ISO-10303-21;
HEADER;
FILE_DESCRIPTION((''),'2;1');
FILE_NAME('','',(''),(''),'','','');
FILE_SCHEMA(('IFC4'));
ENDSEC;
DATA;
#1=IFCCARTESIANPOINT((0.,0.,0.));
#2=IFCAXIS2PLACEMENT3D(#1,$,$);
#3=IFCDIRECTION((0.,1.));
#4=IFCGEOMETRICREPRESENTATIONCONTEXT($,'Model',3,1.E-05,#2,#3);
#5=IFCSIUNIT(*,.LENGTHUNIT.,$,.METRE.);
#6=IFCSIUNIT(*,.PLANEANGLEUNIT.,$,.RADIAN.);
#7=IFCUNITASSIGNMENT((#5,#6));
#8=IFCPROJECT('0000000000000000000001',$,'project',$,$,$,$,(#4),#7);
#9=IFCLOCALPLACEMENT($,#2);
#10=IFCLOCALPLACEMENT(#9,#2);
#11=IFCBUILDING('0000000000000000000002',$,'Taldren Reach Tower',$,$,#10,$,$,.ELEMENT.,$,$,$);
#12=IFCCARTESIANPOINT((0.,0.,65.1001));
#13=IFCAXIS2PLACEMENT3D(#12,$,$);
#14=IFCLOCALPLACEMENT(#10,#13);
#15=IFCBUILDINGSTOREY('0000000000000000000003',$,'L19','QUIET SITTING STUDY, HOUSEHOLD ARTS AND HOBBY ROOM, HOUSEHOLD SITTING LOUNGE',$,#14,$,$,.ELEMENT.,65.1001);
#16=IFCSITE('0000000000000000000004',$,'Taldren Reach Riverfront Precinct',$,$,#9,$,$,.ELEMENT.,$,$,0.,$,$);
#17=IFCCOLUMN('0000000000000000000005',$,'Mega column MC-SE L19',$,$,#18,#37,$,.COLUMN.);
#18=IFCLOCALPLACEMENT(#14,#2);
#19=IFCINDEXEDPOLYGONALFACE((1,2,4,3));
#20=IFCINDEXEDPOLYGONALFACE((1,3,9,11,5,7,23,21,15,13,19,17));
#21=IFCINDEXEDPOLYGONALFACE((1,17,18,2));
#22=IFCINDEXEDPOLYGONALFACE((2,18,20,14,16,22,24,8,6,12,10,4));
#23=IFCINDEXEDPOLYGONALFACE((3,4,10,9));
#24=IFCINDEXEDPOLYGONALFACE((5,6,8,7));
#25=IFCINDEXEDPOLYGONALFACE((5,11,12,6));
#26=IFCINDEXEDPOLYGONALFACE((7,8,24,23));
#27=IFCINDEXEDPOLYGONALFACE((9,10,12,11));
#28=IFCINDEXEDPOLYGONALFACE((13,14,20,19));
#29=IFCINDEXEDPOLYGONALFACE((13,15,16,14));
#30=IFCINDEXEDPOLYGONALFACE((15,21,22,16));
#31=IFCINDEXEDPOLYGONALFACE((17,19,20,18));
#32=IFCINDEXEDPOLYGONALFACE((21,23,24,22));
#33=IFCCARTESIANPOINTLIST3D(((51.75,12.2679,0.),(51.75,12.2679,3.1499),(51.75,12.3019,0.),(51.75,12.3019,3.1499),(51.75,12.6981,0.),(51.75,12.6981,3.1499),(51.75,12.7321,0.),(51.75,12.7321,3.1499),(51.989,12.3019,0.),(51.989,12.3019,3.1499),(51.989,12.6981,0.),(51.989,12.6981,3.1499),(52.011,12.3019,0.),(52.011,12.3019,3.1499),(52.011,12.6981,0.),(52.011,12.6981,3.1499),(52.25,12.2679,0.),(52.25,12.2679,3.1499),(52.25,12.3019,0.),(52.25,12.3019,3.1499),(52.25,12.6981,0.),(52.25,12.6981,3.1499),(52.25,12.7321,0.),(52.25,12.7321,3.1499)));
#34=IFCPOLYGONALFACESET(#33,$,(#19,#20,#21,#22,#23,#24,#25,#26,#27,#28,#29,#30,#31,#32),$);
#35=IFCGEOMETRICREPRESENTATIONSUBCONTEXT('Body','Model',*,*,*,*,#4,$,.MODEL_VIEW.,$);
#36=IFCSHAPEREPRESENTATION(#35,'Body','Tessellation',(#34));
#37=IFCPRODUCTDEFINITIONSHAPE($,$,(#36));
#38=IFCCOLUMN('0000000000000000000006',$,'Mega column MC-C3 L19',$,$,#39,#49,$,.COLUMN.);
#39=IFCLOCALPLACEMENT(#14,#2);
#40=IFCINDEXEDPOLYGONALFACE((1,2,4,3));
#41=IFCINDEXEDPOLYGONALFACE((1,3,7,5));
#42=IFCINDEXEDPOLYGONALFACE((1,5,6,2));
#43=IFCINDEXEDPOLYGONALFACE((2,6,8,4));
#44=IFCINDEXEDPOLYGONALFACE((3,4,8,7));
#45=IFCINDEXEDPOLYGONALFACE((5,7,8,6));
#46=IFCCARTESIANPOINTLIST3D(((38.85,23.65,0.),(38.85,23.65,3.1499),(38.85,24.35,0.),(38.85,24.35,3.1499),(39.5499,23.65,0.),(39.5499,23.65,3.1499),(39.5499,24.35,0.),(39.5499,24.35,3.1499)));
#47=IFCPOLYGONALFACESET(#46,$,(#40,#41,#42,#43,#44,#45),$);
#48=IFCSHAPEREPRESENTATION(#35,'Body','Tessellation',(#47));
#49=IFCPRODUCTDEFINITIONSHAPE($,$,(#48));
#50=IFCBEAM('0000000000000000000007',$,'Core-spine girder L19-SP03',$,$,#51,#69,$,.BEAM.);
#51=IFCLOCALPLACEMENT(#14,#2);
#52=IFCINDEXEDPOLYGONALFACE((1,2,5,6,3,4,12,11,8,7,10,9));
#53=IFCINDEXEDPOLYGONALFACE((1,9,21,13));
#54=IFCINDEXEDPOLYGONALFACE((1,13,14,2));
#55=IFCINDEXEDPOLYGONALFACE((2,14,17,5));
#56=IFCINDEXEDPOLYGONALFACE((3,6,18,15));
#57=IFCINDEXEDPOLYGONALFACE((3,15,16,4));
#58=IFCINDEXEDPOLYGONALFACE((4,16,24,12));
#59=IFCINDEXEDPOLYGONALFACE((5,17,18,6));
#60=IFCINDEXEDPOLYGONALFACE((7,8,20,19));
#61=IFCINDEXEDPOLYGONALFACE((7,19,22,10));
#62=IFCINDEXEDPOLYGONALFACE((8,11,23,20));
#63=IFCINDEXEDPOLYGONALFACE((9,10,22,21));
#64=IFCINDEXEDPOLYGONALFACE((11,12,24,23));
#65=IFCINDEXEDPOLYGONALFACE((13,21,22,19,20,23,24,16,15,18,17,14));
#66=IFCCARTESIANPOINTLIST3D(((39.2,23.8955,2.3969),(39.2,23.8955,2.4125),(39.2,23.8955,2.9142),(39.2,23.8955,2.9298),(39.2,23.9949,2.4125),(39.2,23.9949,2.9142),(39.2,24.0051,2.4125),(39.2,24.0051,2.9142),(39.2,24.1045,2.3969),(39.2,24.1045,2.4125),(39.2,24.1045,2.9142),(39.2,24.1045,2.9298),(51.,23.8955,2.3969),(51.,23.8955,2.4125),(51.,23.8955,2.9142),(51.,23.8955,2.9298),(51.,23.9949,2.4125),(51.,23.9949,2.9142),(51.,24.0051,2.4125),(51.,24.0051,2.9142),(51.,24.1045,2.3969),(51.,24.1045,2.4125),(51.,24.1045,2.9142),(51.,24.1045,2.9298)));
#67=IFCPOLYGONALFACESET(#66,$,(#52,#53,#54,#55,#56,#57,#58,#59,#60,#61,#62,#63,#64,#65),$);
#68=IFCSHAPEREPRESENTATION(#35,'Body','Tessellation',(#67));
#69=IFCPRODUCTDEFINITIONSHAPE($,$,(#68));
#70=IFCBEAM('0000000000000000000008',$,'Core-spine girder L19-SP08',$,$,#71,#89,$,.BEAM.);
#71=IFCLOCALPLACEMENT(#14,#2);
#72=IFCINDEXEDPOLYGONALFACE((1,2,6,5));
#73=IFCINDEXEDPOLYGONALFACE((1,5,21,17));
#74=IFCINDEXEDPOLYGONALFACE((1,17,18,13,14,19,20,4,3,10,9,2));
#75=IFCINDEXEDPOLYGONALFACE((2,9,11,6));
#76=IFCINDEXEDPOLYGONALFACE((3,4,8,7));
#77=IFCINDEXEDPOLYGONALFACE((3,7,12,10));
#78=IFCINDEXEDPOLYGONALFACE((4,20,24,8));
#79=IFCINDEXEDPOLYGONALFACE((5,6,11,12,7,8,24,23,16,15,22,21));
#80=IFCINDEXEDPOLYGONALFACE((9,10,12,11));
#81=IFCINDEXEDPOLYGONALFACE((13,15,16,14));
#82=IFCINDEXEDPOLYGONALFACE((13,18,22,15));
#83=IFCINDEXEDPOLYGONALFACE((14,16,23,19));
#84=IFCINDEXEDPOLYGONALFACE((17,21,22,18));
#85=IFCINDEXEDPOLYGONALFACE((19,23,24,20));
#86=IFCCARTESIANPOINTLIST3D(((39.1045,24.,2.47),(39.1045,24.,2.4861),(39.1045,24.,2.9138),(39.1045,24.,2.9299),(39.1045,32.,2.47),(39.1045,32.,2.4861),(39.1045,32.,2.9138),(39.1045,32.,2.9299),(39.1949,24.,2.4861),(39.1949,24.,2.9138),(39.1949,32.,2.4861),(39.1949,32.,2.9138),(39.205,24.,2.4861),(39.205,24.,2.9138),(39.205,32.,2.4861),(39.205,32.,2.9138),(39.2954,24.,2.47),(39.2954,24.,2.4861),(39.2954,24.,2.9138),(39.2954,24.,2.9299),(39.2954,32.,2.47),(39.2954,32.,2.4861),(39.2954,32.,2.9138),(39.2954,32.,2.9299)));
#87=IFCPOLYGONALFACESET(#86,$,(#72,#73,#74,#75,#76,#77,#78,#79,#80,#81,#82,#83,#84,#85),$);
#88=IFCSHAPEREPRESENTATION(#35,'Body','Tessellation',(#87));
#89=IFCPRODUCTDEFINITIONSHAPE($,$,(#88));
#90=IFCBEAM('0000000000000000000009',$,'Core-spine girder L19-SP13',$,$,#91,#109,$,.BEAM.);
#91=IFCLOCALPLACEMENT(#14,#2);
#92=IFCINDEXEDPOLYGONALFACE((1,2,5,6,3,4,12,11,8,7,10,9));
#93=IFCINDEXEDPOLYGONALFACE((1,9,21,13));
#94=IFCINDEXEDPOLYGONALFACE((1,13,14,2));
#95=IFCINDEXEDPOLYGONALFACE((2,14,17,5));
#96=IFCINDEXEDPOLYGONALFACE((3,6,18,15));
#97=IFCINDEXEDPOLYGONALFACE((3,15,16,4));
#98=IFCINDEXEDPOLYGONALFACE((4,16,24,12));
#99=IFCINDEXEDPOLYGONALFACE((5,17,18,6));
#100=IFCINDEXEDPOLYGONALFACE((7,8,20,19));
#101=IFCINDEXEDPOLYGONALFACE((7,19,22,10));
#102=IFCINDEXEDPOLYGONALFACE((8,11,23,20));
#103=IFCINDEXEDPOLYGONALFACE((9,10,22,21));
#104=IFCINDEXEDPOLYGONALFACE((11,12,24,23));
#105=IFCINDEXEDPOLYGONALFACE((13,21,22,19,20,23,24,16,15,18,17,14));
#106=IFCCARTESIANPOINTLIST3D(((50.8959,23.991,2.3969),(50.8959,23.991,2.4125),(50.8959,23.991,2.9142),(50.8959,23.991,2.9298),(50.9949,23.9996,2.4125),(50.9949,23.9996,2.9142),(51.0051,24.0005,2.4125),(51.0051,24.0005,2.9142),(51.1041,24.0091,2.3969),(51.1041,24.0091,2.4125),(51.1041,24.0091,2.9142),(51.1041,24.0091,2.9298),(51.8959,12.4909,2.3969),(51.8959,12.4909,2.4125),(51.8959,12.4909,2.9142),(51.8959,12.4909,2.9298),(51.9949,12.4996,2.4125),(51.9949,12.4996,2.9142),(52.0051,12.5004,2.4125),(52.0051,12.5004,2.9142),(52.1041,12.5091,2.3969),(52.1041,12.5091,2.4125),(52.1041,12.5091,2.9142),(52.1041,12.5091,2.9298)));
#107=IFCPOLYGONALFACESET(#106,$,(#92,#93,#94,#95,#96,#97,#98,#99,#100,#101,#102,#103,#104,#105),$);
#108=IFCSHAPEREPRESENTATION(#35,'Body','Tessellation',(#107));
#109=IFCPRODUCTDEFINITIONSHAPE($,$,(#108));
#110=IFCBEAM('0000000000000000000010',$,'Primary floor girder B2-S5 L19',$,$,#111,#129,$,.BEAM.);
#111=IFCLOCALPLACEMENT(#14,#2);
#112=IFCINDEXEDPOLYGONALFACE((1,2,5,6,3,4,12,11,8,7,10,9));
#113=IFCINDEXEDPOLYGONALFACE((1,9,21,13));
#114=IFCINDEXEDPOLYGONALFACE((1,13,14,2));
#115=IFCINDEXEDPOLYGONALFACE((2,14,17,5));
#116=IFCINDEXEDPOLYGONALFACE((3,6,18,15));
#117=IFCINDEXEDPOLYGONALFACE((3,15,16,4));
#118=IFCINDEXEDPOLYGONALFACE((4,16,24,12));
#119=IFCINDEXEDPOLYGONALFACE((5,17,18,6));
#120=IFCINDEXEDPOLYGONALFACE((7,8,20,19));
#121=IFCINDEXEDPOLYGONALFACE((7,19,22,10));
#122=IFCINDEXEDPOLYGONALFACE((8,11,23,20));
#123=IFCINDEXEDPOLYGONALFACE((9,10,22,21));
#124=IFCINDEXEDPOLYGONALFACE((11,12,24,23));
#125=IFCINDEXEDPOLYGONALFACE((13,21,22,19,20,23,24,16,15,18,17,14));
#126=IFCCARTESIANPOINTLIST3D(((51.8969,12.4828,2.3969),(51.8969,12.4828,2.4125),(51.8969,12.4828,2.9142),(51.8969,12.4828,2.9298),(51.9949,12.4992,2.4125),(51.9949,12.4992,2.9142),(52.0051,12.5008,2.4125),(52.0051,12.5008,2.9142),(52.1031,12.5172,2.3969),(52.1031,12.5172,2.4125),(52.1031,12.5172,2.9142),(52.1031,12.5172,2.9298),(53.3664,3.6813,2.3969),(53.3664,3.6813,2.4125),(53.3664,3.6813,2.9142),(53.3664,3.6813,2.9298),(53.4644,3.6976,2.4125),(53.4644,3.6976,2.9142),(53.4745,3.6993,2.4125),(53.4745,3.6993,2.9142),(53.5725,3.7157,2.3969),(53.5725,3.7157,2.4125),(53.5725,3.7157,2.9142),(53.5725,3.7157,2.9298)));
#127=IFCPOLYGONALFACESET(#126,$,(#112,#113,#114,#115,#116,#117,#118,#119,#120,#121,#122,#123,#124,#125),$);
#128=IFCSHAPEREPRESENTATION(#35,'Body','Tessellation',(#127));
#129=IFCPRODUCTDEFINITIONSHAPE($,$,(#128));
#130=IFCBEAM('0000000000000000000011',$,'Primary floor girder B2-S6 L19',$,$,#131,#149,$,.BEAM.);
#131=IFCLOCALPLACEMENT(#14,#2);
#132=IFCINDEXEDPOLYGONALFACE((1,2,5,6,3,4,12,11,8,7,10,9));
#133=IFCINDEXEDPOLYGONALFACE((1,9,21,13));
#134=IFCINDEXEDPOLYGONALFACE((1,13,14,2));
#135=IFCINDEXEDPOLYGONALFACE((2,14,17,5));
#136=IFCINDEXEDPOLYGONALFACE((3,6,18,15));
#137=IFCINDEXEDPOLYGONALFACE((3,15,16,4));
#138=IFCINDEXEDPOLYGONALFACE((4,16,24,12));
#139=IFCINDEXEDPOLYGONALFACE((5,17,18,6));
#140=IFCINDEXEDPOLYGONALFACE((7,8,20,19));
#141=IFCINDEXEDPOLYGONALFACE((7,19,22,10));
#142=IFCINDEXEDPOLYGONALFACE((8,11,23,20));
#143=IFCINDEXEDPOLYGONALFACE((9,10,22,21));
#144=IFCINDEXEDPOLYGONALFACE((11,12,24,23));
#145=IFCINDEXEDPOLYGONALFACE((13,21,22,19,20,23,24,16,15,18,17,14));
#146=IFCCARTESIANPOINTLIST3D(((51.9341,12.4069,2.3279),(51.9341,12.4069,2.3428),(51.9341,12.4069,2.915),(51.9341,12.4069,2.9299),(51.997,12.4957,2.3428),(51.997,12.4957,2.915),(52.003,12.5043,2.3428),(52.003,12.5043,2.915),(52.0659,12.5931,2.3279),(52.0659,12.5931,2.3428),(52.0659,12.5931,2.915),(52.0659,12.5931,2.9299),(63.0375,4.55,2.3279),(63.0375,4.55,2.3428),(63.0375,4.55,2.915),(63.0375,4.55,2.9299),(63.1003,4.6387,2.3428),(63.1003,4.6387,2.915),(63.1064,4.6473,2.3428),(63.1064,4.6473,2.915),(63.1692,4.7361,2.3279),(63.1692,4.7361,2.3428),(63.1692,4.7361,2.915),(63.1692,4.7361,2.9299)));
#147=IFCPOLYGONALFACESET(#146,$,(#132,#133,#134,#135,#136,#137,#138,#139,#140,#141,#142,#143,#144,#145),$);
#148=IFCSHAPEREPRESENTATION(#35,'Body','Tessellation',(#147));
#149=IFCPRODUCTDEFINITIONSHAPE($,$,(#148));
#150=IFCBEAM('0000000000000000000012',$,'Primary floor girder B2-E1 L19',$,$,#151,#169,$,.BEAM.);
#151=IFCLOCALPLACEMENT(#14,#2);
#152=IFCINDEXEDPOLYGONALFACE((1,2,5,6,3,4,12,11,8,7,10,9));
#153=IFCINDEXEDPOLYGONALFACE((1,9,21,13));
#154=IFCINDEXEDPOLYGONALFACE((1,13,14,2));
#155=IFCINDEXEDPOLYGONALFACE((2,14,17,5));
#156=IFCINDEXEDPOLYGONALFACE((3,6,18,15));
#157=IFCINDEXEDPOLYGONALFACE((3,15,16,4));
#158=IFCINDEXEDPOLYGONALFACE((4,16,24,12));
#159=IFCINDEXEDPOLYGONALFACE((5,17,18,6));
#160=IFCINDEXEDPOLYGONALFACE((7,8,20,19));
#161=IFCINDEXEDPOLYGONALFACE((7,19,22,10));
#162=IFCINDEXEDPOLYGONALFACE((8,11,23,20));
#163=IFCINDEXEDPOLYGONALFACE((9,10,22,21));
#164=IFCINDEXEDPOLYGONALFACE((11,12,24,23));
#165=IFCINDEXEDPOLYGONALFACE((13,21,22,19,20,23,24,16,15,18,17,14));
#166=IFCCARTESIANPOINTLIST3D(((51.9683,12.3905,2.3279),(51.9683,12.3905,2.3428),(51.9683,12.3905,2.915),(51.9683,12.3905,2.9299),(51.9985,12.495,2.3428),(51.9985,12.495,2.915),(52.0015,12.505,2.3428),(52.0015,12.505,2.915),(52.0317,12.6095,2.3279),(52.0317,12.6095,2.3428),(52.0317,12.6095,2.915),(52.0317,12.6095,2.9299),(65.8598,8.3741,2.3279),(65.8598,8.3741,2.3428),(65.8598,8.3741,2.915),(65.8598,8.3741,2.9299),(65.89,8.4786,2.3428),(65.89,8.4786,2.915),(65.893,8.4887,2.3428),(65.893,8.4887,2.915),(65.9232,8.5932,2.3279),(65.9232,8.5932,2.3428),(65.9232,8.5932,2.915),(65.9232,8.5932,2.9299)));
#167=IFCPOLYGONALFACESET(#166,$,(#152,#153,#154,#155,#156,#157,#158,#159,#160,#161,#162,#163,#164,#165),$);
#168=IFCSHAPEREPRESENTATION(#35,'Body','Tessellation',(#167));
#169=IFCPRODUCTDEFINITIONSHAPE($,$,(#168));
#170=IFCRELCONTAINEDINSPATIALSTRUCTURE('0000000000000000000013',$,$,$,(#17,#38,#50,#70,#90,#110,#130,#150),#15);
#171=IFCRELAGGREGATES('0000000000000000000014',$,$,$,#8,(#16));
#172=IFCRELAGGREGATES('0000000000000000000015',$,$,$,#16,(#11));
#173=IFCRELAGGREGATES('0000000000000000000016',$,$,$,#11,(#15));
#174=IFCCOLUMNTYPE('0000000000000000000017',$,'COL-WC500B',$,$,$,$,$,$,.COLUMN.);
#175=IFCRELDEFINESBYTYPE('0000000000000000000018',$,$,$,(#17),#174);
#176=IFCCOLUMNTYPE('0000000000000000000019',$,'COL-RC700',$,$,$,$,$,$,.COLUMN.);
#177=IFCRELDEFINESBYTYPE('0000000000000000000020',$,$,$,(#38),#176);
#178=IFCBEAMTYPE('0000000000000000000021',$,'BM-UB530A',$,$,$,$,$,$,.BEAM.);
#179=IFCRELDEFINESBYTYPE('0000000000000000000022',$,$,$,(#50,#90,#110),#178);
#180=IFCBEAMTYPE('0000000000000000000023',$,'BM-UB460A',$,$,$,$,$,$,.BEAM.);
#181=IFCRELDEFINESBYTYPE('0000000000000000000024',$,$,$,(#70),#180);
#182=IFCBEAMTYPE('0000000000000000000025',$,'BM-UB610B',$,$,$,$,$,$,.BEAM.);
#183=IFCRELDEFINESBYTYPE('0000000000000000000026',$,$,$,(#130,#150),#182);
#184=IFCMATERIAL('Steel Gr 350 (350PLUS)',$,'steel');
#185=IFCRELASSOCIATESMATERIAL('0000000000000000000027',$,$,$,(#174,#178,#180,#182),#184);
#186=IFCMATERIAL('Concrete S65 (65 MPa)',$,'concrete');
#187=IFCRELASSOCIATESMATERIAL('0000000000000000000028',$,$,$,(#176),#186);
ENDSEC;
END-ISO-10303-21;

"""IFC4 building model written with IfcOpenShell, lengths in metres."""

from ifc_helpers import new_model, si_unit, direction, frame, origin, origin_2d, place, context, subcontext, project, spatial, rectangle, i_section, extrude, source, transform, mapped, material, material_profile, profile_set, type_object, element, save


model = new_model("IFC4")

# Units and contexts
model_context = context("Model", 3, precision=1e-05, world=origin(), true_north=direction((0.0, 1.0)))
body_context = subcontext(model_context, "Body", "Model", "MODEL_VIEW")
ifc_project = project(units=[si_unit("LENGTHUNIT", "METRE"), si_unit("PLANEANGLEUNIT", "RADIAN")], contexts=[model_context])

# Site, building, storey
site_placement = place(None, origin())
site = spatial("IfcSite", under=ifc_project, at=site_placement, Name="Taldren Reach Riverfront Precinct", CompositionType="ELEMENT", RefElevation=0.0)
building_placement = place(site_placement, origin())
building = spatial("IfcBuilding", under=site, at=building_placement, Name="Taldren Reach Tower", CompositionType="ELEMENT")
storey_placement = place(building_placement, frame((0.0, 0.0, 65.1001)))
storey = spatial("IfcBuildingStorey", under=building, at=storey_placement, Name="L19", Description="QUIET SITTING STUDY, HOUSEHOLD ARTS AND HOBBY ROOM, HOUSEHOLD SITTING LOUNGE", CompositionType="ELEMENT", Elevation=65.1001)

# Columns
ifc_material_1 = material(Name="Steel Gr 350 (350PLUS)", Category="steel")
ifc_material_profile_1 = material_profile(ifc_material_1, i_section(OverallWidth=0.5, OverallDepth=0.4641, WebThickness=0.022, FlangeThickness=0.0339, at=origin_2d()), Name="500WC340")
ifc_profile_set_1 = profile_set([ifc_material_profile_1], Name="Steel Gr 350 (350PLUS)")
column_type_1 = type_object("IfcColumnType", Name="COL-WC500B", PredefinedType="COLUMN", material=ifc_profile_set_1)
shared_shape_1 = source(origin(), body_context, "Body", "SweptSolid", [
    extrude(i_section(OverallWidth=0.5, OverallDepth=0.4641, WebThickness=0.022, FlangeThickness=0.0339, at=origin_2d()), origin(), (0.0, 0.0, 1.0), 3.1499),
])
column_1_placement = place(storey_placement, frame((52.0, 12.5, 0.0), z_axis=(0.0, 0.0, 1.0), x_axis=(1.0, 0.0, 0.0)))
element("IfcColumn", 1, at=column_1_placement, inside=storey, type_object=column_type_1, Name="Mega column MC-SE L19", PredefinedType="COLUMN", context=body_context, shape_type="MappedRepresentation", body=[
    mapped(shared_shape_1, transform((0.0, 0.0, 0.0), scale=1.0)),
])
ifc_material_2 = material(Name="Concrete S65 (65 MPa)", Category="concrete")
ifc_material_profile_2 = material_profile(ifc_material_2, rectangle(XDim=0.7, YDim=0.7, at=origin_2d()), Name="RC-700x700")
ifc_profile_set_2 = profile_set([ifc_material_profile_2], Name="Concrete S65 (65 MPa)")
column_type_2 = type_object("IfcColumnType", Name="COL-RC700", PredefinedType="COLUMN", material=ifc_profile_set_2)
shared_shape_2 = source(origin(), body_context, "Body", "SweptSolid", [
    extrude(rectangle(XDim=0.7, YDim=0.7, at=origin_2d()), origin(), (0.0, 0.0, 1.0), 3.1499),
])
column_2_placement = place(storey_placement, frame((39.2, 24.0, 0.0), z_axis=(0.0, 0.0, 1.0), x_axis=(1.0, 0.0, 0.0)))
element("IfcColumn", 2, at=column_2_placement, inside=storey, type_object=column_type_2, Name="Mega column MC-C3 L19", PredefinedType="COLUMN", context=body_context, shape_type="MappedRepresentation", body=[
    mapped(shared_shape_2, transform((0.0, 0.0, 0.0), scale=1.0)),
])

# Beams
ifc_material_profile_3 = material_profile(ifc_material_1, i_section(OverallWidth=0.209, OverallDepth=0.533, WebThickness=0.0103, FlangeThickness=0.0156, at=origin_2d()), Name="530UB92.4")
ifc_profile_set_3 = profile_set([ifc_material_profile_3], Name="Steel Gr 350 (350PLUS)")
beam_type_1 = type_object("IfcBeamType", Name="BM-UB530A", PredefinedType="BEAM", material=ifc_profile_set_3)
shared_shape_3 = source(origin(), body_context, "Body", "SweptSolid", [
    extrude(i_section(OverallWidth=0.209, OverallDepth=0.533, WebThickness=0.0103, FlangeThickness=0.0156, at=origin_2d()), origin(), (0.0, 0.0, 1.0), 11.8),
])
beam_1_placement = place(storey_placement, frame((39.2, 24.0, 2.6633), z_axis=(1.0, 0.0, 0.0), x_axis=(0.0, 1.0, 0.0)))
element("IfcBeam", 3, at=beam_1_placement, inside=storey, type_object=beam_type_1, Name="Core-spine girder L19-SP03", PredefinedType="BEAM", context=body_context, shape_type="MappedRepresentation", body=[
    mapped(shared_shape_3, transform((0.0, 0.0, 0.0), scale=1.0)),
])
ifc_material_profile_4 = material_profile(ifc_material_1, i_section(OverallWidth=0.1909, OverallDepth=0.46, WebThickness=0.01, FlangeThickness=0.0161, at=origin_2d()), Name="460UB82.1")
ifc_profile_set_4 = profile_set([ifc_material_profile_4], Name="Steel Gr 350 (350PLUS)")
beam_type_2 = type_object("IfcBeamType", Name="BM-UB460A", PredefinedType="BEAM", material=ifc_profile_set_4)
shared_shape_4 = source(origin(), body_context, "Body", "SweptSolid", [
    extrude(i_section(OverallWidth=0.1909, OverallDepth=0.46, WebThickness=0.01, FlangeThickness=0.0161, at=origin_2d()), origin(), (0.0, 0.0, 1.0), 8.0),
])
beam_2_placement = place(storey_placement, frame((39.2, 24.0, 2.7), z_axis=(0.0, 1.0, 0.0), x_axis=(-1.0, 0.0, 0.0)))
element("IfcBeam", 4, at=beam_2_placement, inside=storey, type_object=beam_type_2, Name="Core-spine girder L19-SP08", PredefinedType="BEAM", context=body_context, shape_type="MappedRepresentation", body=[
    mapped(shared_shape_4, transform((0.0, 0.0, 0.0), scale=1.0)),
])
shared_shape_5 = source(origin(), body_context, "Body", "SweptSolid", [
    extrude(i_section(OverallWidth=0.209, OverallDepth=0.533, WebThickness=0.0103, FlangeThickness=0.0156, at=origin_2d()), origin(), (0.0, 0.0, 1.0), 11.5435),
])
beam_3_placement = place(storey_placement, frame((52.0, 12.5, 2.6633), z_axis=(-0.08663, 0.996241, 0.0), x_axis=(-0.996241, -0.08663, 0.0)))
element("IfcBeam", 5, at=beam_3_placement, inside=storey, type_object=beam_type_1, Name="Core-spine girder L19-SP13", PredefinedType="BEAM", context=body_context, shape_type="MappedRepresentation", body=[
    mapped(shared_shape_5, transform((0.0, 0.0, 0.0), scale=1.0)),
])
shared_shape_6 = source(origin(), body_context, "Body", "SweptSolid", [
    extrude(i_section(OverallWidth=0.209, OverallDepth=0.533, WebThickness=0.0103, FlangeThickness=0.0156, at=origin_2d()), origin(), (0.0, 0.0, 1.0), 8.9233),
])
beam_4_placement = place(storey_placement, frame((52.0, 12.5, 2.6633), z_axis=(0.164678, -0.986347, 0.0), x_axis=(0.986347, 0.164678, 0.0)))
element("IfcBeam", 6, at=beam_4_placement, inside=storey, type_object=beam_type_1, Name="Primary floor girder B2-S5 L19", PredefinedType="BEAM", context=body_context, shape_type="MappedRepresentation", body=[
    mapped(shared_shape_6, transform((0.0, 0.0, 0.0), scale=1.0)),
])
ifc_material_profile_5 = material_profile(ifc_material_1, i_section(OverallWidth=0.228, OverallDepth=0.6021, WebThickness=0.0105, FlangeThickness=0.0149, at=origin_2d()), Name="610UB101")
ifc_profile_set_5 = profile_set([ifc_material_profile_5], Name="Steel Gr 350 (350PLUS)")
beam_type_3 = type_object("IfcBeamType", Name="BM-UB610B", PredefinedType="BEAM", material=ifc_profile_set_5)
shared_shape_7 = source(origin(), body_context, "Body", "SweptSolid", [
    extrude(i_section(OverallWidth=0.228, OverallDepth=0.6021, WebThickness=0.0105, FlangeThickness=0.0149, at=origin_2d()), origin(), (0.0, 0.0, 1.0), 13.6021),
])
beam_5_placement = place(storey_placement, frame((52.0, 12.5, 2.6289), z_axis=(0.816298, -0.577631, 0.0), x_axis=(0.577631, 0.816298, 0.0)))
element("IfcBeam", 7, at=beam_5_placement, inside=storey, type_object=beam_type_3, Name="Primary floor girder B2-S6 L19", PredefinedType="BEAM", context=body_context, shape_type="MappedRepresentation", body=[
    mapped(shared_shape_7, transform((0.0, 0.0, 0.0), scale=1.0)),
])
shared_shape_8 = source(origin(), body_context, "Body", "SweptSolid", [
    extrude(i_section(OverallWidth=0.228, OverallDepth=0.6021, WebThickness=0.0105, FlangeThickness=0.0149, at=origin_2d()), origin(), (0.0, 0.0, 1.0), 14.4604),
])
beam_6_placement = place(storey_placement, frame((52.0, 12.5, 2.6289), z_axis=(0.960655, -0.277746, 0.0), x_axis=(0.277746, 0.960655, 0.0)))
element("IfcBeam", 8, at=beam_6_placement, inside=storey, type_object=beam_type_3, Name="Primary floor girder B2-E1 L19", PredefinedType="BEAM", context=body_context, shape_type="MappedRepresentation", body=[
    mapped(shared_shape_8, transform((0.0, 0.0, 0.0), scale=1.0)),
])

save(model, "model.ifc")
